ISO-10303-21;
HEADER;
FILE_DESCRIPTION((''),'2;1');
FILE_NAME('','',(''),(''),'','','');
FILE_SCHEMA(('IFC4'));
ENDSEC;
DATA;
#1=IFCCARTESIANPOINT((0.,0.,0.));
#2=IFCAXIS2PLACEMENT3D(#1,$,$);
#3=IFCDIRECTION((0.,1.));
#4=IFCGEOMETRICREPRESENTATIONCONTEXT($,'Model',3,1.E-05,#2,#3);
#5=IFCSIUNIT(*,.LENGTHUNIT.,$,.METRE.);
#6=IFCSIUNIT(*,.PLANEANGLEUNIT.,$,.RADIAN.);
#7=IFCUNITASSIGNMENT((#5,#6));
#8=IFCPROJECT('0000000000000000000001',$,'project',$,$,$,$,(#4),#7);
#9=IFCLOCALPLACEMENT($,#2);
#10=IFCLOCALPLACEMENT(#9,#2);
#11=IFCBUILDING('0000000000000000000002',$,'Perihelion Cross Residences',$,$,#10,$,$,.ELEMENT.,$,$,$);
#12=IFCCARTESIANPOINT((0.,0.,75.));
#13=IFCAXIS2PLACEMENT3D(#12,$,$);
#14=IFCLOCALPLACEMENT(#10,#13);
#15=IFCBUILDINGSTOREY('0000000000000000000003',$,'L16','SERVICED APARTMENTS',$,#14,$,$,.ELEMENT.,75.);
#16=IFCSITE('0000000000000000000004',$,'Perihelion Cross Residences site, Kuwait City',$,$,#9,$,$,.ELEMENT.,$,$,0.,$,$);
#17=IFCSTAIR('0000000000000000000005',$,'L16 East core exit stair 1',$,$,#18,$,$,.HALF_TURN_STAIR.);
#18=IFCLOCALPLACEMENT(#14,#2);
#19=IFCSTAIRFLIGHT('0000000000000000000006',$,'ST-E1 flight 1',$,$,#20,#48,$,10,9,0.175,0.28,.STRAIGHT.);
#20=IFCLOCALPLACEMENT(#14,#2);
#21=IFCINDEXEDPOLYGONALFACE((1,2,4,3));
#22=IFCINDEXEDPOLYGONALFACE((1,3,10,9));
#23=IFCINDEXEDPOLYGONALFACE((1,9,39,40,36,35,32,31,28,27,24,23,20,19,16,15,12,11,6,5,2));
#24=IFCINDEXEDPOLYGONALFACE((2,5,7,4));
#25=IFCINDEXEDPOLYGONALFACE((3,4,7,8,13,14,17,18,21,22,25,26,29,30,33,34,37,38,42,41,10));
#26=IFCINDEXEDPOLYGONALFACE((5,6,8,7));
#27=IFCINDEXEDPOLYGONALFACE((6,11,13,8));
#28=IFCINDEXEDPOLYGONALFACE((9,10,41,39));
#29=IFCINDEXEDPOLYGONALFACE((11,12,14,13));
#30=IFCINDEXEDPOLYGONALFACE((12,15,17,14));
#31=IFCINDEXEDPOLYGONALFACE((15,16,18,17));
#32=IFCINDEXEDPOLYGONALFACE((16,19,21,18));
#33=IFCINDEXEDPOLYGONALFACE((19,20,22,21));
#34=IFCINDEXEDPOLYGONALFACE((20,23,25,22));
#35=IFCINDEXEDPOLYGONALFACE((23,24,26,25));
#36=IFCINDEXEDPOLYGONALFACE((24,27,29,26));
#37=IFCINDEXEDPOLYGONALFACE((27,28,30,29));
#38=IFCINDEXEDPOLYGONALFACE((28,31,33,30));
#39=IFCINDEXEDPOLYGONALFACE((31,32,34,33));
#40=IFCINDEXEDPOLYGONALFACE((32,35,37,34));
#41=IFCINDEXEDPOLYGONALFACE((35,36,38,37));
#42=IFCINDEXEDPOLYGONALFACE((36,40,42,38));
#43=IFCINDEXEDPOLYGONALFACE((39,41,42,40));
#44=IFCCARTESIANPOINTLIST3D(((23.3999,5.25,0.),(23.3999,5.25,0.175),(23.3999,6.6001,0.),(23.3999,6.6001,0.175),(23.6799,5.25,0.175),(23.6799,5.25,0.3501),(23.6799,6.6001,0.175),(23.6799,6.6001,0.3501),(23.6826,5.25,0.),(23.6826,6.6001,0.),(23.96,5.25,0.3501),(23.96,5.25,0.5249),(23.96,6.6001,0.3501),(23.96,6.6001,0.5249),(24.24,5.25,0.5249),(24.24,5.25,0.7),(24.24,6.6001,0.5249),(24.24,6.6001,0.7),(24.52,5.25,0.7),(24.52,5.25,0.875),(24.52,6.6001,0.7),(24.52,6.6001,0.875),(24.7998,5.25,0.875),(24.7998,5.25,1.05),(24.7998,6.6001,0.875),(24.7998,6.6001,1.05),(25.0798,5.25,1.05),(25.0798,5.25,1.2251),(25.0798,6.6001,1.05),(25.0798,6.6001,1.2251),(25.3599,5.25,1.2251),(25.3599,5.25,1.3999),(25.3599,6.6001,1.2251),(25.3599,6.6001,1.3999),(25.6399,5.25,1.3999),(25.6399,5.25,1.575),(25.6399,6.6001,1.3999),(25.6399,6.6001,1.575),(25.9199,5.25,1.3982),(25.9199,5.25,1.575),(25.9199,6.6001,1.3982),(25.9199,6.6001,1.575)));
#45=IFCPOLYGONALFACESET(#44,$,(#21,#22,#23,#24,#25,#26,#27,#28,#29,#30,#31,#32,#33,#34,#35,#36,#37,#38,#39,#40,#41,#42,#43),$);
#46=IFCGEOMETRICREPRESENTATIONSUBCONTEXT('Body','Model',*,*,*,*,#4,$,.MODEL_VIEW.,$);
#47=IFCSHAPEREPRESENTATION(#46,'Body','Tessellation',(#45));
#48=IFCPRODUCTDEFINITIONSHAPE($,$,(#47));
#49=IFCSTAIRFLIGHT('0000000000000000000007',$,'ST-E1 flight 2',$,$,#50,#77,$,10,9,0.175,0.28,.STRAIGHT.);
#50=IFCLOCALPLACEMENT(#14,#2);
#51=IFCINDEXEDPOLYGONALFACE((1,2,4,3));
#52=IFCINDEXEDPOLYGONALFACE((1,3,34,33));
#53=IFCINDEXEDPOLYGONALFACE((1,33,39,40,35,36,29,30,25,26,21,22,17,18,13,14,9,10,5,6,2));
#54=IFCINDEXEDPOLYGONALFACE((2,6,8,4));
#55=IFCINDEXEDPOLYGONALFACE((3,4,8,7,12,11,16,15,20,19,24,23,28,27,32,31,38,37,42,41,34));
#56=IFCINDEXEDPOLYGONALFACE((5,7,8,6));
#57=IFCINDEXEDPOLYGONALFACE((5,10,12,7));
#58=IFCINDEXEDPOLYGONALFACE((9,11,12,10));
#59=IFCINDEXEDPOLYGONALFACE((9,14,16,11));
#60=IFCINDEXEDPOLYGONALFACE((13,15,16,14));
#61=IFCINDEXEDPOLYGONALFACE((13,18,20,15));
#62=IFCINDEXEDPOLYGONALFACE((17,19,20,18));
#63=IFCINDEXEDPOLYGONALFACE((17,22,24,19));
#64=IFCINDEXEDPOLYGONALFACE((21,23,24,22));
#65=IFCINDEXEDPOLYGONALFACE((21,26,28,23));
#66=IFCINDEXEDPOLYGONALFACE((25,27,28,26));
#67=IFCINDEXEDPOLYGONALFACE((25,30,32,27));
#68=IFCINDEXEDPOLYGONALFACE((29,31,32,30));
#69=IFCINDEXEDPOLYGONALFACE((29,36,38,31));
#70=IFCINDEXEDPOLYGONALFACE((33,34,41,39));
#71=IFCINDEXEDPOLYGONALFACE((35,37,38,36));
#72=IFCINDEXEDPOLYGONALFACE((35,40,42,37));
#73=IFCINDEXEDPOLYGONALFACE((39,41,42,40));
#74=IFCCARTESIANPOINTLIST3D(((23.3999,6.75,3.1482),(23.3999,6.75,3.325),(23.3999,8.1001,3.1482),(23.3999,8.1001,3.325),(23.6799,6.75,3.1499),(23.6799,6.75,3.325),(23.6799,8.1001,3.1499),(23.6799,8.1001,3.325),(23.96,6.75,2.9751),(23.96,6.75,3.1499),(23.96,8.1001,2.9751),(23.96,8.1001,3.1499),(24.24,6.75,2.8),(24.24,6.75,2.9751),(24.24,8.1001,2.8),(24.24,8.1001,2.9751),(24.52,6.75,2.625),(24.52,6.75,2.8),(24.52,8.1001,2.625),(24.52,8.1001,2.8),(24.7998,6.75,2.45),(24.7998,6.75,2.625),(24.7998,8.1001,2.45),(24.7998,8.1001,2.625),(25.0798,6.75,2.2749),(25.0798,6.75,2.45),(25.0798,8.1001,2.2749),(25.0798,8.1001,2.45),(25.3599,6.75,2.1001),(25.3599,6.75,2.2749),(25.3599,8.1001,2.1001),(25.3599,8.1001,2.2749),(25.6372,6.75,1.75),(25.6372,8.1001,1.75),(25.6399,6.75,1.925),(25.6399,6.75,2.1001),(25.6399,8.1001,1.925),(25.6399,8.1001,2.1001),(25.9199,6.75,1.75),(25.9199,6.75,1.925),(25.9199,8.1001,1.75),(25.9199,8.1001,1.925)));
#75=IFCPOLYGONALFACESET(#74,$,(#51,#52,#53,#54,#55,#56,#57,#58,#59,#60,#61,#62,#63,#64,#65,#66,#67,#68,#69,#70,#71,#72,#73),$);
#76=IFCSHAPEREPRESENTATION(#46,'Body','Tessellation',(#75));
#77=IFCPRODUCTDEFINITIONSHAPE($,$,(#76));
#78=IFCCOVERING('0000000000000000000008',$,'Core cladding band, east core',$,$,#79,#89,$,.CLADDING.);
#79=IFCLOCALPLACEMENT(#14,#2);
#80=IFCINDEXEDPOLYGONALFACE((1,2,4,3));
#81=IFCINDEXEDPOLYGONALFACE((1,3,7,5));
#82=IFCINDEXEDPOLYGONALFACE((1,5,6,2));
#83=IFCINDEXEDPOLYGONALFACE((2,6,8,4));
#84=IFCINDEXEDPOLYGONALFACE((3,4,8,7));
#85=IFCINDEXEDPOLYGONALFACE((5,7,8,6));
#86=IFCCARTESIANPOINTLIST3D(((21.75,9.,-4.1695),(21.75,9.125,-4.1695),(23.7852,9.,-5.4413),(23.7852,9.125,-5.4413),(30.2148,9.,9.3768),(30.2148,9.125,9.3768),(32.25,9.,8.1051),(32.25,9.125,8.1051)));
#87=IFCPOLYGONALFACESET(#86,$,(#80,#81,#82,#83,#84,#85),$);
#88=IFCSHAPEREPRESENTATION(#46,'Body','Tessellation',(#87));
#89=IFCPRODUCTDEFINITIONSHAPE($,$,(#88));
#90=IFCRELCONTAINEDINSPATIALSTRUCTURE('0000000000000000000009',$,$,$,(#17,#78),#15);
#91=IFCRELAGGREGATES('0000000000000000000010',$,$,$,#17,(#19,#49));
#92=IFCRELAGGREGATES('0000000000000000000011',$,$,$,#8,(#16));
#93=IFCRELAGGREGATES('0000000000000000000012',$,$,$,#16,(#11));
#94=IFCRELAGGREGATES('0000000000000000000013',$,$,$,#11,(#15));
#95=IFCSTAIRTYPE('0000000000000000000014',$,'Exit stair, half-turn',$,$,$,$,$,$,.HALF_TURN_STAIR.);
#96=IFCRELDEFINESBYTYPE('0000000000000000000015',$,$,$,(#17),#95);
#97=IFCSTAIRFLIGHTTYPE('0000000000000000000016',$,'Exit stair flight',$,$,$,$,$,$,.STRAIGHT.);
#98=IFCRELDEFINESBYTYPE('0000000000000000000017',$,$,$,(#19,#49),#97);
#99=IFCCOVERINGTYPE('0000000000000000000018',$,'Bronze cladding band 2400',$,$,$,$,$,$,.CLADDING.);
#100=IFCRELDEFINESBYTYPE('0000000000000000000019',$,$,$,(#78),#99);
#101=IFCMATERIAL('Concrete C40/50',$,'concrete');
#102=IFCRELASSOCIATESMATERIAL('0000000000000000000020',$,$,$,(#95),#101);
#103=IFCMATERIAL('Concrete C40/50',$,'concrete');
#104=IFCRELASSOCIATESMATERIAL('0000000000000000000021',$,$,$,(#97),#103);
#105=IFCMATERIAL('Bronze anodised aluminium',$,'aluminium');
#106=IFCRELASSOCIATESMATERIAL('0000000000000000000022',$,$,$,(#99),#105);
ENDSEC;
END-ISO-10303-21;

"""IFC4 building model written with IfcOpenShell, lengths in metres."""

from ifc_helpers import new_model, si_unit, direction, frame, origin, origin_2d, place, context, subcontext, project, spatial, polyline, rectangle, outline, extrude, material, material_profile, profile_set, type_object, element, aggregate, save


model = new_model("IFC4")

# Units and contexts
model_context = context("Model", 3, precision=1e-05, world=origin(), true_north=direction((0.0, 1.0)))
body_context = subcontext(model_context, "Body", "Model", "MODEL_VIEW")
ifc_project = project(units=[si_unit("LENGTHUNIT", "METRE"), si_unit("PLANEANGLEUNIT", "RADIAN")], contexts=[model_context])

# Site, building, storey
site_placement = place(None, origin())
site = spatial("IfcSite", under=ifc_project, at=site_placement, Name="Perihelion Cross Residences site, Kuwait City", CompositionType="ELEMENT", RefElevation=0.0)
building_placement = place(site_placement, origin())
building = spatial("IfcBuilding", under=site, at=building_placement, Name="Perihelion Cross Residences", CompositionType="ELEMENT")
storey_placement = place(building_placement, frame((0.0, 0.0, 75.0)))
storey = spatial("IfcBuildingStorey", under=building, at=storey_placement, Name="L16", Description="SERVICED APARTMENTS", CompositionType="ELEMENT", Elevation=75.0)

# Stair, stair flights
ifc_material_1 = material(Name="Concrete C40/50", Category="concrete")
stair_type = type_object("IfcStairType", Name="Exit stair, half-turn", PredefinedType="HALF_TURN_STAIR", material=ifc_material_1)
stair_placement = place(storey_placement, origin())
stair = element("IfcStair", 1, at=stair_placement, inside=storey, type_object=stair_type, Name="L16 East core exit stair 1", PredefinedType="HALF_TURN_STAIR")
ifc_material_2 = material(Name="Concrete C40/50", Category="concrete")
stair_flight_type = type_object("IfcStairFlightType", Name="Exit stair flight", PredefinedType="STRAIGHT", material=ifc_material_2)
stair_flight_1_placement = place(storey_placement, frame((23.3999, 5.925, 0.0), z_axis=(0.0, 0.0, 1.0), x_axis=(1.0, 0.0, 0.0)))
stair_flight_1 = element("IfcStairFlight", 2, at=stair_flight_1_placement, type_object=stair_flight_type, Name="ST-E1 flight 1", NumberOfRisers=10, NumberOfTreads=9, PredefinedType="STRAIGHT", RiserHeight=0.175, TreadLength=0.28, context=body_context, shape_type="SweptSolid", body=[
    extrude(outline(polyline([(0.0, 0.0), (0.0, 0.175), (0.28, 0.175), (0.28, 0.3501), (0.5601, 0.3501), (0.5601, 0.5249), (0.8401, 0.5249), (0.8401, 0.7), (1.1201, 0.7), (1.1201, 0.875), (1.3999, 0.875), (1.3999, 1.05), (1.6799, 1.05), (1.6799, 1.2251), (1.96, 1.2251), (1.96, 1.3999), (2.24, 1.3999), (2.24, 1.575), (2.52, 1.575), (2.52, 1.75), (2.52, 1.3982), (0.2827, 0.0), (0.0, 0.0)])), frame((0.0, 0.675, 0.0), z_axis=(0.0, -1.0, 0.0), x_axis=(1.0, 0.0, 0.0)), (0.0, 0.0, 1.0), 1.3501),
])
stair_flight_2_placement = place(storey_placement, frame((25.9199, 7.425, 1.75), z_axis=(0.0, 0.0, 1.0), x_axis=(-1.0, 0.0, 0.0)))
stair_flight_2 = element("IfcStairFlight", 3, at=stair_flight_2_placement, type_object=stair_flight_type, Name="ST-E1 flight 2", NumberOfRisers=10, NumberOfTreads=9, PredefinedType="STRAIGHT", RiserHeight=0.175, TreadLength=0.28, context=body_context, shape_type="SweptSolid", body=[
    extrude(outline(polyline([(0.0, 0.0), (0.0, 0.175), (0.28, 0.175), (0.28, 0.3501), (0.5601, 0.3501), (0.5601, 0.5249), (0.8401, 0.5249), (0.8401, 0.7), (1.1201, 0.7), (1.1201, 0.875), (1.3999, 0.875), (1.3999, 1.05), (1.6799, 1.05), (1.6799, 1.2251), (1.96, 1.2251), (1.96, 1.3999), (2.24, 1.3999), (2.24, 1.575), (2.52, 1.575), (2.52, 1.75), (2.52, 1.3982), (0.2827, 0.0), (0.0, 0.0)])), frame((0.0, 0.675, 0.0), z_axis=(0.0, -1.0, 0.0), x_axis=(1.0, 0.0, 0.0)), (0.0, 0.0, 1.0), 1.3501),
])
aggregate(stair, [stair_flight_1, stair_flight_2])

# Covering
ifc_material_3 = material(Name="Bronze anodised aluminium", Category="aluminium")
ifc_material_profile = material_profile(ifc_material_3, rectangle(XDim=0.125, YDim=2.3999, at=origin_2d()), Name="Bronze cladding band 2400")
ifc_profile_set = profile_set([ifc_material_profile], Name="Bronze anodised aluminium")
covering_type = type_object("IfcCoveringType", Name="Bronze cladding band 2400", PredefinedType="CLADDING", material=ifc_profile_set)
covering_placement = place(storey_placement, frame((22.7676, 9.0625, -4.8054), z_axis=(0.529925, 0.0, 0.848045), x_axis=(0.0, 1.0, 0.0)))
element("IfcCovering", 4, at=covering_placement, inside=storey, type_object=covering_type, Name="Core cladding band, east core", PredefinedType="CLADDING", context=body_context, shape_type="SweptSolid", body=[
    extrude(rectangle(XDim=0.125, YDim=2.3999, at=origin_2d()), origin(), (0.0, 0.0, 1.0), 15.9736),
])

save(model, "model.ifc")
